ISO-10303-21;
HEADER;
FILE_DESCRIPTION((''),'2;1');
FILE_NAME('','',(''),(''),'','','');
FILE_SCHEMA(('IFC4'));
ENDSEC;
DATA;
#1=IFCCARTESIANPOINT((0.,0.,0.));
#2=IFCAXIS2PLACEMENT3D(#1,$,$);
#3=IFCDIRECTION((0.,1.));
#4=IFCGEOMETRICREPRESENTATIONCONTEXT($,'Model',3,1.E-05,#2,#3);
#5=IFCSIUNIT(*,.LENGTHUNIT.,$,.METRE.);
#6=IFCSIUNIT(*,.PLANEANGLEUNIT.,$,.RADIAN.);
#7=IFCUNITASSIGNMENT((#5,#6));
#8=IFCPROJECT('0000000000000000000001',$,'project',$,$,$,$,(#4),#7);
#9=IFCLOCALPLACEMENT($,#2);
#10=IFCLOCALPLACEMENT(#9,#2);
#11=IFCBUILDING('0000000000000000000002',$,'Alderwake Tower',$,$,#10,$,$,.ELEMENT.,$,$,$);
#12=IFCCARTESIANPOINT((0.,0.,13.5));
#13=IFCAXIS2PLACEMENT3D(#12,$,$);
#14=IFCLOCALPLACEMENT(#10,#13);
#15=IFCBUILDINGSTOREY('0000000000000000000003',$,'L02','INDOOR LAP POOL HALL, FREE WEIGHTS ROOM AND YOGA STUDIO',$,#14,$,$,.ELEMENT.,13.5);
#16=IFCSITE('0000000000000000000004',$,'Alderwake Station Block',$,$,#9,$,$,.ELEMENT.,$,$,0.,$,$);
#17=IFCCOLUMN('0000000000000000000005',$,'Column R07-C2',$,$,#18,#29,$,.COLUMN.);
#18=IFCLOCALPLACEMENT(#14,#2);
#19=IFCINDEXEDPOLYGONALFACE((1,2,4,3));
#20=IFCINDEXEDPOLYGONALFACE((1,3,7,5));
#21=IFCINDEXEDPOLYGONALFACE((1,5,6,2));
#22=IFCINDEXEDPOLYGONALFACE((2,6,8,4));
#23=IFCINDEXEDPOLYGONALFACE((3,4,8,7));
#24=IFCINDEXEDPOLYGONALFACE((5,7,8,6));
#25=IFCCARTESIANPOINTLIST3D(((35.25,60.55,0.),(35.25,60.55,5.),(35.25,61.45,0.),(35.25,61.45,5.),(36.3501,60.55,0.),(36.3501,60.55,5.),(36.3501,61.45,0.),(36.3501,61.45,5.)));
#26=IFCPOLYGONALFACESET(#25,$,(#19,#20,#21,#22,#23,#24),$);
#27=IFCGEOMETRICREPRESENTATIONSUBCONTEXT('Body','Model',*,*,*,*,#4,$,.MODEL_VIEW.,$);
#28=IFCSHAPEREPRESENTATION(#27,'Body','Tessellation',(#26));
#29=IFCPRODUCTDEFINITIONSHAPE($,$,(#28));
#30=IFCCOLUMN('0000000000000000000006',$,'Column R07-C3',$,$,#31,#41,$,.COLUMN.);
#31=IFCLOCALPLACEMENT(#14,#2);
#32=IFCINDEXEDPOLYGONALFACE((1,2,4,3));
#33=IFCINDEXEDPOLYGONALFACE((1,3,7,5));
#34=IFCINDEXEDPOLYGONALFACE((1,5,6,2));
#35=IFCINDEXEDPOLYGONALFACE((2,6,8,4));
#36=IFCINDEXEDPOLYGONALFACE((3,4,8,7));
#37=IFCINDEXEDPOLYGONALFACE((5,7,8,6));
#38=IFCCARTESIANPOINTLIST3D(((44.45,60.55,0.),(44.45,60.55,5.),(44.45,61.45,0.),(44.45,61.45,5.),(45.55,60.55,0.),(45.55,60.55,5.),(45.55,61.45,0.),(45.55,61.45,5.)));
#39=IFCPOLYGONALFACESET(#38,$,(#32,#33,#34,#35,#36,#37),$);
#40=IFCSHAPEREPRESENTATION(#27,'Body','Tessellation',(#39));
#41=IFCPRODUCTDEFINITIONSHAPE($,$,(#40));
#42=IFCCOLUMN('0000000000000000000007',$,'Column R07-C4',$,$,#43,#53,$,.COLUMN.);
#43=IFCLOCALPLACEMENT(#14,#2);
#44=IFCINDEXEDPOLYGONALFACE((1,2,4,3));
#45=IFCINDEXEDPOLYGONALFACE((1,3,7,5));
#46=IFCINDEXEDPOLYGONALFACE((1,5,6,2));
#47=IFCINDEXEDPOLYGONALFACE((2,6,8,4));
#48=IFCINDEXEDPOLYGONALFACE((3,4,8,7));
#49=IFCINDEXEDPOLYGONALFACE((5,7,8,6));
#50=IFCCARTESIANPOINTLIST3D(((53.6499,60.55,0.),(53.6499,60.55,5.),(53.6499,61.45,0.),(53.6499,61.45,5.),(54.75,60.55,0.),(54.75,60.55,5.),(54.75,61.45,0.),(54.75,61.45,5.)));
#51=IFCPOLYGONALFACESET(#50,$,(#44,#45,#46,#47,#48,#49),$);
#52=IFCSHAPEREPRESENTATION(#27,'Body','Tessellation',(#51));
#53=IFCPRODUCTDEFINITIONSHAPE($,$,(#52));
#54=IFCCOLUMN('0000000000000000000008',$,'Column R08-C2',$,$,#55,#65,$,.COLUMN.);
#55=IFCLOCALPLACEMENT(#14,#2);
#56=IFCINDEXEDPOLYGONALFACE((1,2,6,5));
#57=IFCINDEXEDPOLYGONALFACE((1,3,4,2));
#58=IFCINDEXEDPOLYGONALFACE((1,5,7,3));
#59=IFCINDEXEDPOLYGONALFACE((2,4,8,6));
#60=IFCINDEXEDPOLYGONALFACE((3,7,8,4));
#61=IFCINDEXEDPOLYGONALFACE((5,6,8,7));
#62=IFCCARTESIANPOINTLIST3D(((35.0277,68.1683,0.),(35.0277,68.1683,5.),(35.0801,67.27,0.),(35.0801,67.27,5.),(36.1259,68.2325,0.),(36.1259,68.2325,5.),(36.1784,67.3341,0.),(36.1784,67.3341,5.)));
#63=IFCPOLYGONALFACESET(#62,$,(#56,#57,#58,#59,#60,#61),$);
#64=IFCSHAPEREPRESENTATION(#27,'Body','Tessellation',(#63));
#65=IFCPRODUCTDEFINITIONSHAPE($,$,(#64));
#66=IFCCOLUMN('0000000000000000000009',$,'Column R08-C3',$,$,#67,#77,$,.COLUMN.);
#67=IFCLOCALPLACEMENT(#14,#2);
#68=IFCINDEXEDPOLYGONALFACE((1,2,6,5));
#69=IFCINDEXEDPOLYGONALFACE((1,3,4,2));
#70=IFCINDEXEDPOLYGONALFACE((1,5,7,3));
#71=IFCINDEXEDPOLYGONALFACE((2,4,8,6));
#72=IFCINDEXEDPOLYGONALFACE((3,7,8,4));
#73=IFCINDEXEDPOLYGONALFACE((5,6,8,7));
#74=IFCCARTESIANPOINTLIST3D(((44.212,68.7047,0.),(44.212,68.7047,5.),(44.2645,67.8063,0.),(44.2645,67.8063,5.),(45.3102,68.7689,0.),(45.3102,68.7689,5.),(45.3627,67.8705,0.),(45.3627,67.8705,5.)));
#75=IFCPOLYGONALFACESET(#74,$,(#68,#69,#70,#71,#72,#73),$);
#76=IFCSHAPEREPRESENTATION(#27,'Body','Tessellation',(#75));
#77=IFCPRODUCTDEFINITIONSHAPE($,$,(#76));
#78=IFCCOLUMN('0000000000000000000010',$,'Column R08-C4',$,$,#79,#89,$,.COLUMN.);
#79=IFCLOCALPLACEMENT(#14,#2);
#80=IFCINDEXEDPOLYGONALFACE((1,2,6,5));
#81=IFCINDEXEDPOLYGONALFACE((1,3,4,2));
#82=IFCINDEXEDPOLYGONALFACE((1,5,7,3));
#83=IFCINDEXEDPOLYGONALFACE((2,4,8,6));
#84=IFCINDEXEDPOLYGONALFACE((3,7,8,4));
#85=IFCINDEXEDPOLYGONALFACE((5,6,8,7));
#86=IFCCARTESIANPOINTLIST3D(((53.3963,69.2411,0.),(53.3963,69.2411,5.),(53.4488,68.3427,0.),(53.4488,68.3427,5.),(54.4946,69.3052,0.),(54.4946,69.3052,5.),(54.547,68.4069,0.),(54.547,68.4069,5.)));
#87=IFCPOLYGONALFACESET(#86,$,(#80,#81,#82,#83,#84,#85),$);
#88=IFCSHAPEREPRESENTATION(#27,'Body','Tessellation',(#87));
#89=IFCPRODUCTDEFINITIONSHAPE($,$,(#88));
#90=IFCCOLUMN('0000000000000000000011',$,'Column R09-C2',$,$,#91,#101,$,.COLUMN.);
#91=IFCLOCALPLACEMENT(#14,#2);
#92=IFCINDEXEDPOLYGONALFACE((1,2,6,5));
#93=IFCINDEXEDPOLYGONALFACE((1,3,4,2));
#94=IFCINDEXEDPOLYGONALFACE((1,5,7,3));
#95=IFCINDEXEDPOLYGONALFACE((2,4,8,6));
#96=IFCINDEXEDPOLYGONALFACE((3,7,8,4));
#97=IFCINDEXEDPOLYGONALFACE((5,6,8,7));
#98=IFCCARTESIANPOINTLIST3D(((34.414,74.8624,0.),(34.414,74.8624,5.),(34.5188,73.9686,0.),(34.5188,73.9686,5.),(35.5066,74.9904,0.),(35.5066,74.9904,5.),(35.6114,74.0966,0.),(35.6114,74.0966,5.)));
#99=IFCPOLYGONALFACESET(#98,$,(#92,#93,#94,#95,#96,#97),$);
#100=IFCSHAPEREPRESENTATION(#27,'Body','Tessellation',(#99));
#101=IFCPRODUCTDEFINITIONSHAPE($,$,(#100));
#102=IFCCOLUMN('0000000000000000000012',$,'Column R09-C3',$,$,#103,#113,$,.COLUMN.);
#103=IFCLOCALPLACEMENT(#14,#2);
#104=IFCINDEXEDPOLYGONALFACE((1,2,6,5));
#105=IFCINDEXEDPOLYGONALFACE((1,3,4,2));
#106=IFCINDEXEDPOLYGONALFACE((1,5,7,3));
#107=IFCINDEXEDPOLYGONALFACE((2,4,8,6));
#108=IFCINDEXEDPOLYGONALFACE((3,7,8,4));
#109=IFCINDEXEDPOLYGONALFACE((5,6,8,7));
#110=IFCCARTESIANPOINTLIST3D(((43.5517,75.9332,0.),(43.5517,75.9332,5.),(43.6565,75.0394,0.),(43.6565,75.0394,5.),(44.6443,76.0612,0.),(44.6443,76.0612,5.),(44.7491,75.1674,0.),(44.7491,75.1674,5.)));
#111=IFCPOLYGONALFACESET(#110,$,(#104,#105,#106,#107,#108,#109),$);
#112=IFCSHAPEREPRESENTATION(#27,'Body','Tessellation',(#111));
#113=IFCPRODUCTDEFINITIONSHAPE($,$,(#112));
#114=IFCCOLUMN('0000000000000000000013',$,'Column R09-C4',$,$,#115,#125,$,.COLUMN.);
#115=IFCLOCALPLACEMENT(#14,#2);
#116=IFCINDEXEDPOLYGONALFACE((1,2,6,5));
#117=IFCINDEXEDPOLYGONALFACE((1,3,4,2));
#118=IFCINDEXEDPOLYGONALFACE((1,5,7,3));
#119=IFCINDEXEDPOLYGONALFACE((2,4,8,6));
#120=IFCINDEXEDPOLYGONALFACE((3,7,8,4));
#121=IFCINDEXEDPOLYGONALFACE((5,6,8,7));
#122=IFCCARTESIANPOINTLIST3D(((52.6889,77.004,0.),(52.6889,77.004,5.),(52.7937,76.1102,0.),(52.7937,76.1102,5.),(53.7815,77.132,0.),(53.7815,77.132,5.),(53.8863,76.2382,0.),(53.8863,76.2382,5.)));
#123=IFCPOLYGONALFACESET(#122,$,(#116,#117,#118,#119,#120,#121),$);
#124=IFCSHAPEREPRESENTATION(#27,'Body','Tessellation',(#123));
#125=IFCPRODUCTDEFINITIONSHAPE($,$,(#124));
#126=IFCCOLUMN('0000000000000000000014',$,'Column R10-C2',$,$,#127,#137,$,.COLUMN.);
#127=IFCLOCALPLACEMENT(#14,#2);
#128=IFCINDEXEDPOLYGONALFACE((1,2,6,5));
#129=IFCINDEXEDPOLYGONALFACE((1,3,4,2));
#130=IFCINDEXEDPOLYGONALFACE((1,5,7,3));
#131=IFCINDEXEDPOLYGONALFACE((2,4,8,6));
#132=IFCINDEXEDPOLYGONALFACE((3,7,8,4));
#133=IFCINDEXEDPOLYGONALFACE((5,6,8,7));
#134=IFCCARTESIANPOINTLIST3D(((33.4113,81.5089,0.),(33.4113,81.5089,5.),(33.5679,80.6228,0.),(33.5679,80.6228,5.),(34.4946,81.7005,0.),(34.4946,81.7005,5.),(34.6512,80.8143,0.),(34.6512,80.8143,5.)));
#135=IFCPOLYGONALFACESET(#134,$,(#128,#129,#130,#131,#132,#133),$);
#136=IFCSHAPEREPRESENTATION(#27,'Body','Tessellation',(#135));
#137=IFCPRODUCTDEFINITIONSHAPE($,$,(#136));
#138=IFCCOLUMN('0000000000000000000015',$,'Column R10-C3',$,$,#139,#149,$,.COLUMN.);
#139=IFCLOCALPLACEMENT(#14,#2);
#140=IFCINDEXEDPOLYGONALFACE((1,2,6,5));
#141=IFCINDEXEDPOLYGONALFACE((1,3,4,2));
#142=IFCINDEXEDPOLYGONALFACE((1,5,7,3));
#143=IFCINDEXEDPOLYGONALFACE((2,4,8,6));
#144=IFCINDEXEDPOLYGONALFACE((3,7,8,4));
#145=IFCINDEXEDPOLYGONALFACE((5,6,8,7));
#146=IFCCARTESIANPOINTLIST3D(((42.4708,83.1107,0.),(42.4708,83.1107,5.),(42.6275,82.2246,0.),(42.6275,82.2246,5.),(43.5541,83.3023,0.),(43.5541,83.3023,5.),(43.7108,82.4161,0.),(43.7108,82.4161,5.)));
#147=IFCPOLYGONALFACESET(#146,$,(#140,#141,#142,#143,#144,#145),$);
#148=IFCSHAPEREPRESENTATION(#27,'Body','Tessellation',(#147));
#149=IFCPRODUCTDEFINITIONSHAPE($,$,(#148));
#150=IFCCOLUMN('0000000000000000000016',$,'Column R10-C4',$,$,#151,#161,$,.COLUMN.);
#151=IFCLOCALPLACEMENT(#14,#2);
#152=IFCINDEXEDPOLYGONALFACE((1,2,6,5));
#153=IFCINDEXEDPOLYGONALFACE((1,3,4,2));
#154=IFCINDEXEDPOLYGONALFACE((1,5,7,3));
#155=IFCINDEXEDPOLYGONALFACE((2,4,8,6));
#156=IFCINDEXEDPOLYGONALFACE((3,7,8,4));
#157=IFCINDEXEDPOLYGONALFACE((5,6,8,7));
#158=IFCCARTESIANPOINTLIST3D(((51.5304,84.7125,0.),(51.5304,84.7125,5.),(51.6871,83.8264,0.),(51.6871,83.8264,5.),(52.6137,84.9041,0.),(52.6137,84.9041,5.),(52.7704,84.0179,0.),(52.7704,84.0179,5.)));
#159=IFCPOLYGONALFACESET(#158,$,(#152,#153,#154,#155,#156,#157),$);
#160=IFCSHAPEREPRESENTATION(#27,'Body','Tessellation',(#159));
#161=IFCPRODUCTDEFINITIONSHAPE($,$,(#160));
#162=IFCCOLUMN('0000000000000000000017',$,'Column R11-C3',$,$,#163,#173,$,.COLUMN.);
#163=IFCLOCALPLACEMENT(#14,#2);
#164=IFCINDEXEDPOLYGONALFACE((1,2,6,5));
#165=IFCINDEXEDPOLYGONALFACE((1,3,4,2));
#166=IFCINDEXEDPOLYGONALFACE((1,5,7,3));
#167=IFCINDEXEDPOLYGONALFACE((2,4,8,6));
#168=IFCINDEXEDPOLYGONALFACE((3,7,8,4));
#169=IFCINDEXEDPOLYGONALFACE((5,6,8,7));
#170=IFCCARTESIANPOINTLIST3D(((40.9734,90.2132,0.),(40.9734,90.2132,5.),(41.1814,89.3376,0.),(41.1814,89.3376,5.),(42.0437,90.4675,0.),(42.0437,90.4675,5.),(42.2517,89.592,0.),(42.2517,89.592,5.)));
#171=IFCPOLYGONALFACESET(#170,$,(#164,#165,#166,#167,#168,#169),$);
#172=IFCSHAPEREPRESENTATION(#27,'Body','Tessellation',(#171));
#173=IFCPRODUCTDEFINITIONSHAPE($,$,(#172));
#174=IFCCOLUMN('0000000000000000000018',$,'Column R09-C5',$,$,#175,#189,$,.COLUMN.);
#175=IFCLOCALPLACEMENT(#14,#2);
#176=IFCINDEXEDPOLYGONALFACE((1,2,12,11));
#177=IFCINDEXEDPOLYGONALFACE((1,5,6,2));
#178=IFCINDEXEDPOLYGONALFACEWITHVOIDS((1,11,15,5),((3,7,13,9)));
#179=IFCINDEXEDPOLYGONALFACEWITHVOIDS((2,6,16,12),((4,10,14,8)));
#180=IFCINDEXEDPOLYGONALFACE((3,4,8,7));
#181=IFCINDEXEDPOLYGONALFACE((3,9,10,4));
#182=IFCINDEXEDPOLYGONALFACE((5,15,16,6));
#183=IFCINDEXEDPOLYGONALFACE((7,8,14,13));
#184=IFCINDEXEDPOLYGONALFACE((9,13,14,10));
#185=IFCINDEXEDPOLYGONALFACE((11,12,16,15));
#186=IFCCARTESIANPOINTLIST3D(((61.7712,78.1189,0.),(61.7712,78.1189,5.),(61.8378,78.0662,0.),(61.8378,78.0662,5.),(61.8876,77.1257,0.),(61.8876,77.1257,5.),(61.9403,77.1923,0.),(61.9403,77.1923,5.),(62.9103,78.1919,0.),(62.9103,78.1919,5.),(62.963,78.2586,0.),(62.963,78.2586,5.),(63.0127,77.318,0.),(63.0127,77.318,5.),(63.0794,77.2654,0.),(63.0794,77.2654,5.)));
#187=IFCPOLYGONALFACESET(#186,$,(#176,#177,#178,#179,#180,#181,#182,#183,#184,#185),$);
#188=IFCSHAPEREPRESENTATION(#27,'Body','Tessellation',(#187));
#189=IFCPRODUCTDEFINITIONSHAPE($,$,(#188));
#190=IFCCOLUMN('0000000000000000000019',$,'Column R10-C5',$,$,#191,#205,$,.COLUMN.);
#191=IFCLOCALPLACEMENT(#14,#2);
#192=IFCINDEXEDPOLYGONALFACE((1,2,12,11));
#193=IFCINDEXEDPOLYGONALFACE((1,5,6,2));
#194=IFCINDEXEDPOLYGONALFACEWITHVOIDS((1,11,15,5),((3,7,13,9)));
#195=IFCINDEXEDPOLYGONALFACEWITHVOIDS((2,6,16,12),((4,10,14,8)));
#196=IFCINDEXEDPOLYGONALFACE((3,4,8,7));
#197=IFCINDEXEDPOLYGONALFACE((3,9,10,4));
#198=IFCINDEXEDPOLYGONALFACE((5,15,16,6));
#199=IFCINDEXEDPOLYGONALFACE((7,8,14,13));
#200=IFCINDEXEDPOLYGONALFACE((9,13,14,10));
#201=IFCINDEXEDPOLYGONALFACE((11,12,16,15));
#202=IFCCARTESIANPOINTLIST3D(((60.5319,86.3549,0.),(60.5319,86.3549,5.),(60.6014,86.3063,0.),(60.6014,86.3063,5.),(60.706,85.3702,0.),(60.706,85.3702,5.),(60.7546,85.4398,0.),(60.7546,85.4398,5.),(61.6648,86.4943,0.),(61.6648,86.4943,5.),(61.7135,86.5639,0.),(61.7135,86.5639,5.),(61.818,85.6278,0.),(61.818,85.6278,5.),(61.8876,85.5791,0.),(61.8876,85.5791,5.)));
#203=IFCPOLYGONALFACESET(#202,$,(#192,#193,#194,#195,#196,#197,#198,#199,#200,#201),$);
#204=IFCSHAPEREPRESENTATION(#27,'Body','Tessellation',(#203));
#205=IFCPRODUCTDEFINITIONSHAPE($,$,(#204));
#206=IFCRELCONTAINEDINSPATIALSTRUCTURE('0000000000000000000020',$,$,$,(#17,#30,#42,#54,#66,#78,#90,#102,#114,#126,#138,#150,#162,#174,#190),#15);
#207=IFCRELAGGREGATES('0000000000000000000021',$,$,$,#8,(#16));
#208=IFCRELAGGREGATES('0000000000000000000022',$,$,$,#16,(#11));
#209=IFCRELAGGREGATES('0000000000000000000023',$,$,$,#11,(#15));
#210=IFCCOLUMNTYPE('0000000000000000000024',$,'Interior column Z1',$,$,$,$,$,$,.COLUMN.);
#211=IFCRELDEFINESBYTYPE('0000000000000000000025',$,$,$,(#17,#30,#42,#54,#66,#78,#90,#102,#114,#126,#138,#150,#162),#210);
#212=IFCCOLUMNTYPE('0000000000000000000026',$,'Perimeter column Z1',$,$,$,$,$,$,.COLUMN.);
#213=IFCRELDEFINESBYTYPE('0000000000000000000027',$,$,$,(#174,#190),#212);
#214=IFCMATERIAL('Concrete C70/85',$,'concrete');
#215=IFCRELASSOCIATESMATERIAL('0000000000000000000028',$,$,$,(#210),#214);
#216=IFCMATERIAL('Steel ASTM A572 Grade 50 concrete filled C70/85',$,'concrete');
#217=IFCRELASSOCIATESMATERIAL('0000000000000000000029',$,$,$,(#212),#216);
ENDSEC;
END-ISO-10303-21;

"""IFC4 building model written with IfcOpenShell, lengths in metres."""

from ifc_helpers import new_model, si_unit, direction, frame, origin, origin_2d, place, context, subcontext, project, spatial, rectangle, hollow_rectangle, extrude, material, material_profile, profile_set, type_object, element, save


model = new_model("IFC4")

# Units and contexts
model_context = context("Model", 3, precision=1e-05, world=origin(), true_north=direction((0.0, 1.0)))
body_context = subcontext(model_context, "Body", "Model", "MODEL_VIEW")
ifc_project = project(units=[si_unit("LENGTHUNIT", "METRE"), si_unit("PLANEANGLEUNIT", "RADIAN")], contexts=[model_context])

# Site, building, storey
site_placement = place(None, origin())
site = spatial("IfcSite", under=ifc_project, at=site_placement, Name="Alderwake Station Block", CompositionType="ELEMENT", RefElevation=0.0)
building_placement = place(site_placement, origin())
building = spatial("IfcBuilding", under=site, at=building_placement, Name="Alderwake Tower", CompositionType="ELEMENT")
storey_placement = place(building_placement, frame((0.0, 0.0, 13.5)))
storey = spatial("IfcBuildingStorey", under=building, at=storey_placement, Name="L02", Description="INDOOR LAP POOL HALL, FREE WEIGHTS ROOM AND YOGA STUDIO", CompositionType="ELEMENT", Elevation=13.5)

# Columns
ifc_material_1 = material(Name="Concrete C70/85", Category="concrete")
ifc_material_profile_1 = material_profile(ifc_material_1, rectangle(XDim=0.8999, YDim=1.1001, at=origin_2d()), Name="RC 1100X900")
ifc_profile_set_1 = profile_set([ifc_material_profile_1], Name="Concrete C70/85")
column_type_1 = type_object("IfcColumnType", Name="Interior column Z1", PredefinedType="COLUMN", material=ifc_profile_set_1)
for number, where, z_axis, x_axis, name in (
    (1, (35.8, 61.0, 0.0), (0.0, 0.0, 1.0), (0.0, 1.0, 0.0), "Column R07-C2"),
    (2, (45.0, 61.0, 0.0), (0.0, 0.0, 1.0), (0.0, 1.0, 0.0), "Column R07-C3"),
    (3, (54.2, 61.0, 0.0), (0.0, 0.0, 1.0), (0.0, 1.0, 0.0), "Column R07-C4"),
    (4, (35.603, 67.7512, 0.0), (0.0, 0.0, 1.0), (-0.058301, 0.998299, 0.0), "Column R08-C2"),
    (5, (44.7874, 68.2876, 0.0), (0.0, 0.0, 1.0), (-0.058299, 0.998299, 0.0), "Column R08-C3"),
    (6, (53.9717, 68.824, 0.0), (0.0, 0.0, 1.0), (-0.058301, 0.998299, 0.0), "Column R08-C4"),
    (7, (35.0127, 74.4795, 0.0), (0.0, 0.0, 1.0), (-0.116402, 0.993202, 0.0), "Column R09-C2"),
    (8, (44.1504, 75.5503, 0.0), (0.0, 0.0, 1.0), (-0.116402, 0.993202, 0.0), "Column R09-C3"),
    (9, (53.2876, 76.6211, 0.0), (0.0, 0.0, 1.0), (-0.116402, 0.993202, 0.0), "Column R09-C4"),
    (10, (34.0312, 81.1616, 0.0), (0.0, 0.0, 1.0), (-0.174109, 0.984726, 0.0), "Column R10-C2"),
    (11, (43.0908, 82.7634, 0.0), (0.0, 0.0, 1.0), (-0.174109, 0.984726, 0.0), "Column R10-C3"),
    (12, (52.1504, 84.3652, 0.0), (0.0, 0.0, 1.0), (-0.174109, 0.984726, 0.0), "Column R10-C4"),
    (13, (41.6125, 89.9026, 0.0), (0.0, 0.0, 1.0), (-0.231222, 0.972901, 0.0), "Column R11-C3"),
):
    element("IfcColumn", number, at=place(storey_placement, frame(where, z_axis=z_axis, x_axis=x_axis)), inside=storey, type_object=column_type_1, Name=name, PredefinedType="COLUMN", context=body_context, shape_type="SweptSolid", body=[
        extrude(rectangle(XDim=0.8999, YDim=1.1001, at=origin_2d()), origin(), (0.0, 0.0, 1.0), 5.0),
    ])
ifc_material_2 = material(Name="Steel ASTM A572 Grade 50 concrete filled C70/85", Category="concrete")
ifc_material_profile_2 = material_profile(ifc_material_2, hollow_rectangle(XDim=1.0, YDim=1.2, WallThickness=0.0601, at=origin_2d()), Name="BOX 1200X1000X60")
ifc_profile_set_2 = profile_set([ifc_material_profile_2], Name="Steel ASTM A572 Grade 50 concrete filled C70/85")
column_type_2 = type_object("IfcColumnType", Name="Perimeter column Z1", PredefinedType="COLUMN", material=ifc_profile_set_2)
for number, where, z_axis, x_axis, name in (
    (14, (62.4253, 77.6921, 0.0), (0.0, 0.0, 1.0), (-0.116402, 0.993202, 0.0), "Column R09-C5"),
    (15, (61.2097, 85.967, 0.0), (0.0, 0.0, 1.0), (-0.174109, 0.984726, 0.0), "Column R10-C5"),
):
    element("IfcColumn", number, at=place(storey_placement, frame(where, z_axis=z_axis, x_axis=x_axis)), inside=storey, type_object=column_type_2, Name=name, PredefinedType="COLUMN", context=body_context, shape_type="SweptSolid", body=[
        extrude(hollow_rectangle(XDim=1.0, YDim=1.2, WallThickness=0.0601, at=origin_2d()), origin(), (0.0, 0.0, 1.0), 5.0),
    ])

save(model, "model.ifc")
